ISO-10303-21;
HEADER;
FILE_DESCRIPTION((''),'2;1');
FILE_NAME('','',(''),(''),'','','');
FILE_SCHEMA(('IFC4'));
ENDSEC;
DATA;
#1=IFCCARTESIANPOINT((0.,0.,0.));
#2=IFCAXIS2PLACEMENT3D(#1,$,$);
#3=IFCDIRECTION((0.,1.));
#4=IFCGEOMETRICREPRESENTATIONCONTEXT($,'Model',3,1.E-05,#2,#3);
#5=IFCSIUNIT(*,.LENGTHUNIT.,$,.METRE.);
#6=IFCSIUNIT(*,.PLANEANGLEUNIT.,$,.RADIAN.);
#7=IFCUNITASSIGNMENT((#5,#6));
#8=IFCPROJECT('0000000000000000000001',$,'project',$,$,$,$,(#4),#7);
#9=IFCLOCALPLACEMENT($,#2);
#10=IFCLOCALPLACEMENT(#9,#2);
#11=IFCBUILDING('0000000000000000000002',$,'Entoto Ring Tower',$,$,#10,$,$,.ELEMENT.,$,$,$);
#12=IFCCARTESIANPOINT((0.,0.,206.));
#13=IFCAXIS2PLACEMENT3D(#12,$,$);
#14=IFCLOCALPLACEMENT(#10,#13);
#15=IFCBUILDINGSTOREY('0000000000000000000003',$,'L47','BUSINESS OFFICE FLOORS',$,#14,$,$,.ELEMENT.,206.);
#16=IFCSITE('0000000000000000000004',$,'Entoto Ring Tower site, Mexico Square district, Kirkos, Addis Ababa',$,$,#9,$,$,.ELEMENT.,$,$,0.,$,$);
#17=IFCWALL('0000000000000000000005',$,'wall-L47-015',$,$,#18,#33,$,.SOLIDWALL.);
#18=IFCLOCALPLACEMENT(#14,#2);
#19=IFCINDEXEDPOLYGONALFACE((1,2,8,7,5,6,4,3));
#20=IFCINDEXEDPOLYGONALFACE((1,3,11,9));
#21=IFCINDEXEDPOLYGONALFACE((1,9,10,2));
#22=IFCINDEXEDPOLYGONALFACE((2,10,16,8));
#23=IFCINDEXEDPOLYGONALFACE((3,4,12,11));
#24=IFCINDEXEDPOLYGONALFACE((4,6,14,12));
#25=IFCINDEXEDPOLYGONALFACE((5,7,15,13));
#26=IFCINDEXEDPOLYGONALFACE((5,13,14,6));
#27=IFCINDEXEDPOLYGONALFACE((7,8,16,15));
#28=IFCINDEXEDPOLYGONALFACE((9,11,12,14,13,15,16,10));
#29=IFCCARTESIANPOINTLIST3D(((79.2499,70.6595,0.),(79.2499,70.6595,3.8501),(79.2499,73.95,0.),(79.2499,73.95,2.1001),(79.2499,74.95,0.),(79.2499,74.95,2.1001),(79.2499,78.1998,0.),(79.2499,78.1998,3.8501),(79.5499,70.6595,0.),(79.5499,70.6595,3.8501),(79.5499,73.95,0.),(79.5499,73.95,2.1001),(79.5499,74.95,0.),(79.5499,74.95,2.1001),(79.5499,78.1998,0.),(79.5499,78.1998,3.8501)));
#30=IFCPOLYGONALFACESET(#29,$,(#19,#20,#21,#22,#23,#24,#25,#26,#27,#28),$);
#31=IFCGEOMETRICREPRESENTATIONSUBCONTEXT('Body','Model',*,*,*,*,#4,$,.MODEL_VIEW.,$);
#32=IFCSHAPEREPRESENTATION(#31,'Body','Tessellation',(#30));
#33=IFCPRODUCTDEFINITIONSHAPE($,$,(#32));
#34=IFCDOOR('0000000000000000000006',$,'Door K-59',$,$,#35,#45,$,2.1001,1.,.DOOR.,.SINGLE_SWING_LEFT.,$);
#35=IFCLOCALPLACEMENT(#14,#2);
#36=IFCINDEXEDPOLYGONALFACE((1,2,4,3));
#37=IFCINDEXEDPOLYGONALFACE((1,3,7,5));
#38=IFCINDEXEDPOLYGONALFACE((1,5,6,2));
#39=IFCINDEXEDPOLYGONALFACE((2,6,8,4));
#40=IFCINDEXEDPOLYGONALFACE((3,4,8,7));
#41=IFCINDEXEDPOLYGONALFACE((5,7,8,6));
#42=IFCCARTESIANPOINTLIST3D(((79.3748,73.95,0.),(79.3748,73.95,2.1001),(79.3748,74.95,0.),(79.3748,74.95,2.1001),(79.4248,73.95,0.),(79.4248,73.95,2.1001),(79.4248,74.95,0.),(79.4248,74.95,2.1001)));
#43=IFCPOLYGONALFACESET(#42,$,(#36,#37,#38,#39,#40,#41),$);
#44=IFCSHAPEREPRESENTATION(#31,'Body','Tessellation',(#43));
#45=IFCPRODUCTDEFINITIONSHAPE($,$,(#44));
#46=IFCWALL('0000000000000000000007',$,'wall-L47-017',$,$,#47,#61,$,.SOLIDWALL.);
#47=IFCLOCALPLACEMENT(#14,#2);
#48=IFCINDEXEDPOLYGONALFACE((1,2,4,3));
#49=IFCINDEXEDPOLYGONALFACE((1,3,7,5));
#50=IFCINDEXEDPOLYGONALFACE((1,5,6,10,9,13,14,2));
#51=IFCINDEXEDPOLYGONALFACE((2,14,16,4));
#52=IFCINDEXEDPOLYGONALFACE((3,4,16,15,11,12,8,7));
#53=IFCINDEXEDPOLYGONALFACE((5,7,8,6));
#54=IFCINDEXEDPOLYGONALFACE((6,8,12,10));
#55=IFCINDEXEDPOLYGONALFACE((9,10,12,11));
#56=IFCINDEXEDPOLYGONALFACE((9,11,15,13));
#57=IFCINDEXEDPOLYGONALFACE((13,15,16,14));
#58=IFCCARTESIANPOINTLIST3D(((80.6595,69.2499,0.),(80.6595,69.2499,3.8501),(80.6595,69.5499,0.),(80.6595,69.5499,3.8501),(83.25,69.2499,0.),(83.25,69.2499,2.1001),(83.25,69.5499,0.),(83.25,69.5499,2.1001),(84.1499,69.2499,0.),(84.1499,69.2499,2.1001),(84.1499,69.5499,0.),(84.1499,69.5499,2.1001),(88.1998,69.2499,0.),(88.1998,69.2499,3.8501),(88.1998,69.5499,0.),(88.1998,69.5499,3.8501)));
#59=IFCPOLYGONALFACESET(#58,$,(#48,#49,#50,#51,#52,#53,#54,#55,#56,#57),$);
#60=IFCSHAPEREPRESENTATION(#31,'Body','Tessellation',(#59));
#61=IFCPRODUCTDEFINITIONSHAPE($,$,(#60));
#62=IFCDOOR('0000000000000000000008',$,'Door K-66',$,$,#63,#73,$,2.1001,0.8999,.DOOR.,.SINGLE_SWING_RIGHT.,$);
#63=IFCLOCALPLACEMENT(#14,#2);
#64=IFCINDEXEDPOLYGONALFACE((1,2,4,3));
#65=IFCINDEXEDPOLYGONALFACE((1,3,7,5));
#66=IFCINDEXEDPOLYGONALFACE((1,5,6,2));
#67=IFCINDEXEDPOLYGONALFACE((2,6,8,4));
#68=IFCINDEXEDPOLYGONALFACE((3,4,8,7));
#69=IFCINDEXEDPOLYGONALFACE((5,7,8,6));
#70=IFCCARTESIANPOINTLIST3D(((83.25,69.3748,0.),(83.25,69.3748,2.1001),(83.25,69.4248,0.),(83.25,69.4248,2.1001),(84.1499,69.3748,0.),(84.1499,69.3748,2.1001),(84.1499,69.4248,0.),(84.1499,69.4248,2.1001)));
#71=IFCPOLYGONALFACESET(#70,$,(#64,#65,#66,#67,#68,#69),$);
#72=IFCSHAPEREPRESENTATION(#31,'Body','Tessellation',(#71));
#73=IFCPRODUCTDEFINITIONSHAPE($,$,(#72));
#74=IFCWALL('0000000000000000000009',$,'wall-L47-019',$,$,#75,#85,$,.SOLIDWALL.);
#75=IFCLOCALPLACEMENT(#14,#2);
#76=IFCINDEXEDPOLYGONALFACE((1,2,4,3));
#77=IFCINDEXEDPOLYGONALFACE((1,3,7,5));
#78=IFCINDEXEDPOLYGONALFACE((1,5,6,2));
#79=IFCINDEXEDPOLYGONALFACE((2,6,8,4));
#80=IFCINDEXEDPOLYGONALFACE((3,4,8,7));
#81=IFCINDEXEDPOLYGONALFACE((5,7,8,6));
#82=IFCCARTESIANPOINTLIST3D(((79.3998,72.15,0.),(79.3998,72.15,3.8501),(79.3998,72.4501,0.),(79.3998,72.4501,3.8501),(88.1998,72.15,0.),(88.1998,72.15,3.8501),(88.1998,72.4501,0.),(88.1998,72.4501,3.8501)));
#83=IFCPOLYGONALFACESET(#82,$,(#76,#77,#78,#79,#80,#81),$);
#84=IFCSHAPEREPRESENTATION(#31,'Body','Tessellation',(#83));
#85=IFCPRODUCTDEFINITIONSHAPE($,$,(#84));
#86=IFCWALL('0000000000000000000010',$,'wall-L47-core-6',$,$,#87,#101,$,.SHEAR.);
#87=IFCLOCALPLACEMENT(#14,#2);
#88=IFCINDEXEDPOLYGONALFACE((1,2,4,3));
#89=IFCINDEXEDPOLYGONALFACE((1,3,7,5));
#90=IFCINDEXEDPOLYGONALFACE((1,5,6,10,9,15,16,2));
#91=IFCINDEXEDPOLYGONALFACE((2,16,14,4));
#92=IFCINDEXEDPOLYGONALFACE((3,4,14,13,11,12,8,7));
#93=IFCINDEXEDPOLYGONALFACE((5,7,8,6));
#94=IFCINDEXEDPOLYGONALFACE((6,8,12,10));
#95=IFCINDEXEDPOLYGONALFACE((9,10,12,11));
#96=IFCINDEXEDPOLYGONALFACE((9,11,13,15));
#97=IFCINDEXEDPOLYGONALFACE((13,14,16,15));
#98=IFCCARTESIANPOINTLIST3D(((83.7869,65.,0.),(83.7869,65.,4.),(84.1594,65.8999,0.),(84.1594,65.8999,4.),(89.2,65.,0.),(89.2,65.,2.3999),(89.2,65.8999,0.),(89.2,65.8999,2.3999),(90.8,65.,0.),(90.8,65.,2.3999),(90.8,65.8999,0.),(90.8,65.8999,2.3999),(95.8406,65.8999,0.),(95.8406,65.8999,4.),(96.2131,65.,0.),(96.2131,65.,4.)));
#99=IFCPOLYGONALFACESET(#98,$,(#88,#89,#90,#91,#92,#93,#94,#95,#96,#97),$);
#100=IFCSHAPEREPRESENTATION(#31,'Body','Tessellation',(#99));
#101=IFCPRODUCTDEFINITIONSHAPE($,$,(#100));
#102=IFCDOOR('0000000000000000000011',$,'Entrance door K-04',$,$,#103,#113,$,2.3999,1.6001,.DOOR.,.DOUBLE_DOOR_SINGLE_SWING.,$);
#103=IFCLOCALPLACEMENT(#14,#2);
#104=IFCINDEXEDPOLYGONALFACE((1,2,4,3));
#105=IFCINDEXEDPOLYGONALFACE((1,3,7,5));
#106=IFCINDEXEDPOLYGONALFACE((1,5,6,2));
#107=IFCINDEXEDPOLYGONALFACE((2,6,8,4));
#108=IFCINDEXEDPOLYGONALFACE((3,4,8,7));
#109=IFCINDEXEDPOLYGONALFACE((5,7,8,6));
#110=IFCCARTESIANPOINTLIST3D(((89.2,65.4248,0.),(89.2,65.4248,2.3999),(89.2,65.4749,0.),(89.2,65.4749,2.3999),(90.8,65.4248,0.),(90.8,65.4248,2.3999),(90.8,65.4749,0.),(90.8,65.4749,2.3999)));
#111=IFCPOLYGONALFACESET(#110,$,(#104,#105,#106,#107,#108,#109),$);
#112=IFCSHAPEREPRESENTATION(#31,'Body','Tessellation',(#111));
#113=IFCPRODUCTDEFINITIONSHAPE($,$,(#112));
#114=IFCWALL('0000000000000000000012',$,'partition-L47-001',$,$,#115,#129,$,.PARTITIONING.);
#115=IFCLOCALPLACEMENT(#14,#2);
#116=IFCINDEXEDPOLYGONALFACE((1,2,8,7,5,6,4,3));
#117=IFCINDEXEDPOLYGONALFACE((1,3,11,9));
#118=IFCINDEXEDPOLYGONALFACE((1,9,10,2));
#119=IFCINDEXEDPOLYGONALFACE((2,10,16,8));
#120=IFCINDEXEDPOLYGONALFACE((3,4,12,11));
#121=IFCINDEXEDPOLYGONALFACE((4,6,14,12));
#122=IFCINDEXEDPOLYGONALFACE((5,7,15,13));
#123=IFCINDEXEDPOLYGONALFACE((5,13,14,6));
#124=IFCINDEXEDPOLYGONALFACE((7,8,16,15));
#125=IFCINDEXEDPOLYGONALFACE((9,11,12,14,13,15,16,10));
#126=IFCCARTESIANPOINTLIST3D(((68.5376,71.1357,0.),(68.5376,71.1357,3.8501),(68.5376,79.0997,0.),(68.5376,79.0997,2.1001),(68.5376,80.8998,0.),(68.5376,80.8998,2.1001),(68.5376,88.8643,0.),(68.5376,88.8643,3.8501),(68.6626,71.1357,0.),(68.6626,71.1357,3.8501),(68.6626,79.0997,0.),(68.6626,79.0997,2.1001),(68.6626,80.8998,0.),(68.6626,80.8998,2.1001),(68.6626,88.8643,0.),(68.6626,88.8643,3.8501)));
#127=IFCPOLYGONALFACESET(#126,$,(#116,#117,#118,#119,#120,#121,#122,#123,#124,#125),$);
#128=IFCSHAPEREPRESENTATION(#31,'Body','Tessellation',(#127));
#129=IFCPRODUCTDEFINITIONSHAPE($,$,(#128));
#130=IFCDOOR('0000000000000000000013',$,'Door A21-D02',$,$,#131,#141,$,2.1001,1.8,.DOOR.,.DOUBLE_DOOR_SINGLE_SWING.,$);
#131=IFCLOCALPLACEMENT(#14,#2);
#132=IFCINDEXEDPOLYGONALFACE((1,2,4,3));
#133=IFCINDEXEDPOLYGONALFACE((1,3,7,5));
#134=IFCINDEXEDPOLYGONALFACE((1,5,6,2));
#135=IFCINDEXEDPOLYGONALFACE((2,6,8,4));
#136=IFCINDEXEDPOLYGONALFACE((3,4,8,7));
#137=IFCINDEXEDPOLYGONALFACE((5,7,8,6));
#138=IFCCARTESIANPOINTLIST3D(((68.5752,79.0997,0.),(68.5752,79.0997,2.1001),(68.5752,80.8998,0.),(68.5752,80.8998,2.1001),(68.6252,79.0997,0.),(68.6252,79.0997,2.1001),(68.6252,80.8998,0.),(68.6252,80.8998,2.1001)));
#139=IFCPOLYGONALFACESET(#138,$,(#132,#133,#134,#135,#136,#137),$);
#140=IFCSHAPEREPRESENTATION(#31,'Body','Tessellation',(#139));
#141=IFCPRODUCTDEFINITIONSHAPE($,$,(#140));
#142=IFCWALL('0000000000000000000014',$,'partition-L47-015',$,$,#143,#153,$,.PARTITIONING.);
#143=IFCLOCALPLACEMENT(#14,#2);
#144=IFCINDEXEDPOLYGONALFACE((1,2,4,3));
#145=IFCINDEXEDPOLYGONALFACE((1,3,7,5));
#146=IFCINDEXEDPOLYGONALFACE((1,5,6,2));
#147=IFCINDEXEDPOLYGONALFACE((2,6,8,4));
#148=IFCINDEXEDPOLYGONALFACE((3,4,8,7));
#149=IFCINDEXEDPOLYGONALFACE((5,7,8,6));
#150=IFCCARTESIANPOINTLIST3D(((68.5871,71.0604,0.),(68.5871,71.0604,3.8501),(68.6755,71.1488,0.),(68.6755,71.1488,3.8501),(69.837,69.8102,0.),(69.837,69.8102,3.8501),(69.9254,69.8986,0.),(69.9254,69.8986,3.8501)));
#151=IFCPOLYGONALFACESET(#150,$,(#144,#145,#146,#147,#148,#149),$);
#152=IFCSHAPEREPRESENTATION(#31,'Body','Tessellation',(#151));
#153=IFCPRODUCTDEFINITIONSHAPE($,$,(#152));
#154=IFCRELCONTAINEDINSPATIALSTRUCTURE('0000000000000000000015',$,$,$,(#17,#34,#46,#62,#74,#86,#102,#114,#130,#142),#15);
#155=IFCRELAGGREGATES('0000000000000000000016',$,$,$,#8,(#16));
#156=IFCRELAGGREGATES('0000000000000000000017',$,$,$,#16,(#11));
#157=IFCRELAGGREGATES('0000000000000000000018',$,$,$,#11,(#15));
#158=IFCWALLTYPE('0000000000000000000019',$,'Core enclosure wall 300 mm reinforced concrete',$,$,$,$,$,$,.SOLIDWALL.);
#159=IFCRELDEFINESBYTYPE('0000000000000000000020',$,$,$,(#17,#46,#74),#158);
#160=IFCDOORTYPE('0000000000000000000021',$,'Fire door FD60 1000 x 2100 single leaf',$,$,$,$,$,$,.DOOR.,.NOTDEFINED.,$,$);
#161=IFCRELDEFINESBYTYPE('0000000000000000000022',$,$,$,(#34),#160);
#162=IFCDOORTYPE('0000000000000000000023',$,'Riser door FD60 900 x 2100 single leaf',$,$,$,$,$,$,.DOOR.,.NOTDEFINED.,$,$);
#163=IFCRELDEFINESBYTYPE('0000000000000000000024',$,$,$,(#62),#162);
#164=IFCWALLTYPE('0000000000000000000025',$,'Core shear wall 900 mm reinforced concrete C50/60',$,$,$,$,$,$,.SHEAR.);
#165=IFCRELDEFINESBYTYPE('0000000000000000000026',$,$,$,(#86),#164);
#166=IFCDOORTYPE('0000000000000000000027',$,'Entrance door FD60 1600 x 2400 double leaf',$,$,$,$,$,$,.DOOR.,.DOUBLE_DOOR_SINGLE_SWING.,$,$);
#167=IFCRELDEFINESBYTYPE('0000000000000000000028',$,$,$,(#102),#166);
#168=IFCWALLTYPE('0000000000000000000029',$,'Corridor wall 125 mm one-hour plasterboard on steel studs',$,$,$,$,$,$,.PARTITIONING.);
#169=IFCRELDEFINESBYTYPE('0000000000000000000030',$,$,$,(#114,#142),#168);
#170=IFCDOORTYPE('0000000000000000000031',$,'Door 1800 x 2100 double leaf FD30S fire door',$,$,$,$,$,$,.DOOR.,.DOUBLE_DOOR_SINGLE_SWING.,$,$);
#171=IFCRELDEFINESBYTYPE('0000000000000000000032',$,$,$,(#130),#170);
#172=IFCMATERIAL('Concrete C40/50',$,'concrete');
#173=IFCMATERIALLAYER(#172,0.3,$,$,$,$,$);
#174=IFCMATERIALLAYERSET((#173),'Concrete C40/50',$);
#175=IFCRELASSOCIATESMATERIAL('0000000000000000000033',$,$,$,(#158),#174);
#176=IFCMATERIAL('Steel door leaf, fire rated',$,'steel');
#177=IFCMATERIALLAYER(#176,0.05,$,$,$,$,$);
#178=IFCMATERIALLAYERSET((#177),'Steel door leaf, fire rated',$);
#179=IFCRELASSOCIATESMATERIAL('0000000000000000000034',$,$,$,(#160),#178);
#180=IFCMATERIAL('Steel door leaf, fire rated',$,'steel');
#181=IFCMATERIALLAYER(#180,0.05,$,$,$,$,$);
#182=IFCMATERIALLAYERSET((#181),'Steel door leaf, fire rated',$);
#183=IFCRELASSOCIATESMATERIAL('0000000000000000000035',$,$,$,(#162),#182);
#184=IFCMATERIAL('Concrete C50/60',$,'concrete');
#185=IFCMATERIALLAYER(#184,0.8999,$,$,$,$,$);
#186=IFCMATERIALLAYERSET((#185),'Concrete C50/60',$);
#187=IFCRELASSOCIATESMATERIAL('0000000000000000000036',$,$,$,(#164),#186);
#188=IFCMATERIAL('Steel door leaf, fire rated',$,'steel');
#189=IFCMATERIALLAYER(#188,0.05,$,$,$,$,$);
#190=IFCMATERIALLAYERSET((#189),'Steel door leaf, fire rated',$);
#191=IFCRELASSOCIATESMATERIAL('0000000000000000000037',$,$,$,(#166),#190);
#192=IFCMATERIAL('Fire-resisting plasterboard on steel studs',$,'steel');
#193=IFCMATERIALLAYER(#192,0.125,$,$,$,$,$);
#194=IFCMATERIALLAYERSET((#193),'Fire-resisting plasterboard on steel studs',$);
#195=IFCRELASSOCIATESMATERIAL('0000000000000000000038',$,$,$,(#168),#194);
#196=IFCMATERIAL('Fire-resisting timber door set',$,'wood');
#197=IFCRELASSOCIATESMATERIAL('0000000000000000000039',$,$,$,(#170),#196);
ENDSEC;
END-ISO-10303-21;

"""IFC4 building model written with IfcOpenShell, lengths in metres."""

from ifc_helpers import new_model, si_unit, direction, frame, frame_2d, origin, place, context, subcontext, project, spatial, polyline, rectangle, outline, extrude, material, layer, layer_set, type_object, element, fill, save


model = new_model("IFC4")

# Units and contexts
model_context = context("Model", 3, precision=1e-05, world=origin(), true_north=direction((0.0, 1.0)))
body_context = subcontext(model_context, "Body", "Model", "MODEL_VIEW")
ifc_project = project(units=[si_unit("LENGTHUNIT", "METRE"), si_unit("PLANEANGLEUNIT", "RADIAN")], contexts=[model_context])

# Site, building, storey
site_placement = place(None, origin())
site = spatial("IfcSite", under=ifc_project, at=site_placement, Name="Entoto Ring Tower site, Mexico Square district, Kirkos, Addis Ababa", CompositionType="ELEMENT", RefElevation=0.0)
building_placement = place(site_placement, origin())
building = spatial("IfcBuilding", under=site, at=building_placement, Name="Entoto Ring Tower", CompositionType="ELEMENT")
storey_placement = place(building_placement, frame((0.0, 0.0, 206.0)))
storey = spatial("IfcBuildingStorey", under=building, at=storey_placement, Name="L47", Description="BUSINESS OFFICE FLOORS", CompositionType="ELEMENT", Elevation=206.0)

# Walls, openings, doors
ifc_material_1 = material(Name="Concrete C40/50", Category="concrete")
ifc_layer_1 = layer(ifc_material_1, 0.3)
ifc_layer_set_1 = layer_set([ifc_layer_1], Name="Concrete C40/50")
wall_type_1 = type_object("IfcWallType", Name="Core enclosure wall 300 mm reinforced concrete", PredefinedType="SOLIDWALL", material=ifc_layer_set_1)
wall_1_placement = place(storey_placement, frame((79.3999, 70.6597, 0.0), z_axis=(0.0, 0.0, 1.0), x_axis=(0.0, 1.0, 0.0)))
wall_1 = element("IfcWall", 1, at=wall_1_placement, inside=storey, type_object=wall_type_1, Name="wall-L47-015", PredefinedType="SOLIDWALL", context=body_context, shape_type="SweptSolid", body=[
    extrude(rectangle(XDim=7.5403, YDim=0.3, at=frame_2d((3.77, 0.0))), origin(), (0.0, 0.0, 1.0), 3.8501),
])
opening_1_placement = place(wall_1_placement, frame((3.2903, 0.0, 0.0)))
opening_1 = element("IfcOpeningElement", 2, at=opening_1_placement, cuts=wall_1, PredefinedType="OPENING", context=body_context, shape_type="SweptSolid", body=[
    extrude(rectangle(XDim=1.0, YDim=2.1001, at=frame_2d((0.5, 1.05))), frame((0.0, 0.1602, 0.0), z_axis=(0.0, -1.0, 0.0), x_axis=(1.0, 0.0, 0.0)), (0.0, 0.0, 1.0), 0.3201),
])
ifc_material_2 = material(Name="Steel door leaf, fire rated", Category="steel")
ifc_layer_2 = layer(ifc_material_2, 0.05)
ifc_layer_set_2 = layer_set([ifc_layer_2], Name="Steel door leaf, fire rated")
door_type_1 = type_object("IfcDoorType", Name="Fire door FD60 1000 x 2100 single leaf", OperationType="NOTDEFINED", PredefinedType="DOOR", material=ifc_layer_set_2)
door_1_placement = place(opening_1_placement, frame((1.0, 0.0, 0.0), z_axis=(0.0, 0.0, 1.0), x_axis=(-1.0, 0.0, 0.0)))
door_1 = element("IfcDoor", 3, at=door_1_placement, inside=storey, type_object=door_type_1, Name="Door K-59", OperationType="SINGLE_SWING_LEFT", OverallHeight=2.1001, OverallWidth=1.0, PredefinedType="DOOR", context=body_context, shape_type="SweptSolid", body=[
    extrude(rectangle(XDim=1.0, YDim=2.1001, at=frame_2d((0.5, 1.05))), frame((0.0, 0.0249, 0.0), z_axis=(0.0, -1.0, 0.0), x_axis=(1.0, 0.0, 0.0)), (0.0, 0.0, 1.0), 0.05),
])
fill(opening_1, door_1)
wall_2_placement = place(storey_placement, frame((80.6597, 69.3999, 0.0), z_axis=(0.0, 0.0, 1.0), x_axis=(1.0, 0.0, 0.0)))
wall_2 = element("IfcWall", 4, at=wall_2_placement, inside=storey, type_object=wall_type_1, Name="wall-L47-017", PredefinedType="SOLIDWALL", context=body_context, shape_type="SweptSolid", body=[
    extrude(rectangle(XDim=7.5403, YDim=0.3, at=frame_2d((3.77, 0.0))), origin(), (0.0, 0.0, 1.0), 3.8501),
])
opening_2_placement = place(wall_2_placement, frame((2.5903, 0.0, 0.0)))
opening_2 = element("IfcOpeningElement", 5, at=opening_2_placement, cuts=wall_2, PredefinedType="OPENING", context=body_context, shape_type="SweptSolid", body=[
    extrude(rectangle(XDim=0.8999, YDim=2.1001, at=frame_2d((0.45, 1.05))), frame((0.0, 0.1602, 0.0), z_axis=(0.0, -1.0, 0.0), x_axis=(1.0, 0.0, 0.0)), (0.0, 0.0, 1.0), 0.3201),
])
ifc_material_3 = material(Name="Steel door leaf, fire rated", Category="steel")
ifc_layer_3 = layer(ifc_material_3, 0.05)
ifc_layer_set_3 = layer_set([ifc_layer_3], Name="Steel door leaf, fire rated")
door_type_2 = type_object("IfcDoorType", Name="Riser door FD60 900 x 2100 single leaf", OperationType="NOTDEFINED", PredefinedType="DOOR", material=ifc_layer_set_3)
door_2_placement = place(opening_2_placement, origin())
door_2 = element("IfcDoor", 6, at=door_2_placement, inside=storey, type_object=door_type_2, Name="Door K-66", OperationType="SINGLE_SWING_RIGHT", OverallHeight=2.1001, OverallWidth=0.8999, PredefinedType="DOOR", context=body_context, shape_type="SweptSolid", body=[
    extrude(rectangle(XDim=0.8999, YDim=2.1001, at=frame_2d((0.45, 1.05))), frame((0.0, 0.0249, 0.0), z_axis=(0.0, -1.0, 0.0), x_axis=(1.0, 0.0, 0.0)), (0.0, 0.0, 1.0), 0.05),
])
fill(opening_2, door_2)

# Wall
wall_3_placement = place(storey_placement, frame((79.3999, 72.3, 0.0), z_axis=(0.0, 0.0, 1.0), x_axis=(1.0, 0.0, 0.0)))
element("IfcWall", 7, at=wall_3_placement, inside=storey, type_object=wall_type_1, Name="wall-L47-019", PredefinedType="SOLIDWALL", context=body_context, shape_type="SweptSolid", body=[
    extrude(rectangle(XDim=8.8, YDim=0.3, at=frame_2d((4.3999, 0.0))), origin(), (0.0, 0.0, 1.0), 3.8501),
])

# Walls, openings, doors
ifc_material_4 = material(Name="Concrete C50/60", Category="concrete")
ifc_layer_4 = layer(ifc_material_4, 0.8999)
ifc_layer_set_4 = layer_set([ifc_layer_4], Name="Concrete C50/60")
wall_type_2 = type_object("IfcWallType", Name="Core shear wall 900 mm reinforced concrete C50/60", PredefinedType="SHEAR", material=ifc_layer_set_4)
wall_4_placement = place(storey_placement, frame((83.9731, 65.45, 0.0), z_axis=(0.0, 0.0, 1.0), x_axis=(1.0, 0.0, 0.0)))
wall_4 = element("IfcWall", 8, at=wall_4_placement, inside=storey, type_object=wall_type_2, Name="wall-L47-core-6", PredefinedType="SHEAR", context=body_context, shape_type="SweptSolid", body=[
    extrude(outline(polyline([(-0.1863, -0.45), (12.24, -0.45), (11.8674, 0.45), (0.1863, 0.45), (-0.1863, -0.45)])), origin(), (0.0, 0.0, 1.0), 4.0),
])
opening_3_placement = place(wall_4_placement, frame((5.2268, 0.0, 0.0)))
opening_3 = element("IfcOpeningElement", 9, at=opening_3_placement, cuts=wall_4, PredefinedType="OPENING", context=body_context, shape_type="SweptSolid", body=[
    extrude(rectangle(XDim=1.6001, YDim=2.3999, at=frame_2d((0.8, 1.2))), frame((0.0, 0.46, 0.0), z_axis=(0.0, -1.0, 0.0), x_axis=(1.0, 0.0, 0.0)), (0.0, 0.0, 1.0), 0.9199),
])
ifc_material_5 = material(Name="Steel door leaf, fire rated", Category="steel")
ifc_layer_5 = layer(ifc_material_5, 0.05)
ifc_layer_set_5 = layer_set([ifc_layer_5], Name="Steel door leaf, fire rated")
door_type_3 = type_object("IfcDoorType", Name="Entrance door FD60 1600 x 2400 double leaf", OperationType="DOUBLE_DOOR_SINGLE_SWING", PredefinedType="DOOR", material=ifc_layer_set_5)
door_3_placement = place(opening_3_placement, origin())
door_3 = element("IfcDoor", 10, at=door_3_placement, inside=storey, type_object=door_type_3, Name="Entrance door K-04", OperationType="DOUBLE_DOOR_SINGLE_SWING", OverallHeight=2.3999, OverallWidth=1.6001, PredefinedType="DOOR", context=body_context, shape_type="SweptSolid", body=[
    extrude(rectangle(XDim=1.6001, YDim=2.3999, at=frame_2d((0.8, 1.2))), frame((0.0, 0.0249, 0.0), z_axis=(0.0, -1.0, 0.0), x_axis=(1.0, 0.0, 0.0)), (0.0, 0.0, 1.0), 0.05),
])
fill(opening_3, door_3)
ifc_material_6 = material(Name="Fire-resisting plasterboard on steel studs", Category="steel")
ifc_layer_6 = layer(ifc_material_6, 0.125)
ifc_layer_set_6 = layer_set([ifc_layer_6], Name="Fire-resisting plasterboard on steel studs")
wall_type_3 = type_object("IfcWallType", Name="Corridor wall 125 mm one-hour plasterboard on steel studs", PredefinedType="PARTITIONING", material=ifc_layer_set_6)
wall_5_placement = place(storey_placement, frame((68.6001, 71.1357, 0.0), z_axis=(0.0, 0.0, 1.0), x_axis=(0.0, 1.0, 0.0)))
wall_5 = element("IfcWall", 11, at=wall_5_placement, inside=storey, type_object=wall_type_3, Name="partition-L47-001", PredefinedType="PARTITIONING", context=body_context, shape_type="SweptSolid", body=[
    extrude(rectangle(XDim=17.7285, YDim=0.125, at=frame_2d((8.8643, 0.0))), origin(), (0.0, 0.0, 1.0), 3.8501),
])
opening_4_placement = place(wall_5_placement, frame((7.9641, 0.0, 0.0)))
opening_4 = element("IfcOpeningElement", 12, at=opening_4_placement, cuts=wall_5, PredefinedType="OPENING", context=body_context, shape_type="SweptSolid", body=[
    extrude(rectangle(XDim=1.8, YDim=2.1001, at=frame_2d((0.8999, 1.05))), frame((0.0, 0.0725, 0.0), z_axis=(0.0, -1.0, 0.0), x_axis=(1.0, 0.0, 0.0)), (0.0, 0.0, 1.0), 0.145),
])
ifc_material_7 = material(Name="Fire-resisting timber door set", Category="wood")
door_type_4 = type_object("IfcDoorType", Name="Door 1800 x 2100 double leaf FD30S fire door", OperationType="DOUBLE_DOOR_SINGLE_SWING", PredefinedType="DOOR", material=ifc_material_7)
door_4_placement = place(opening_4_placement, origin())
door_4 = element("IfcDoor", 13, at=door_4_placement, inside=storey, type_object=door_type_4, Name="Door A21-D02", OperationType="DOUBLE_DOOR_SINGLE_SWING", OverallHeight=2.1001, OverallWidth=1.8, PredefinedType="DOOR", context=body_context, shape_type="SweptSolid", body=[
    extrude(rectangle(XDim=1.8, YDim=2.1001, at=frame_2d((0.8999, 1.05))), frame((0.0, 0.0249, 0.0), z_axis=(0.0, -1.0, 0.0), x_axis=(1.0, 0.0, 0.0)), (0.0, 0.0, 1.0), 0.05),
])
fill(opening_4, door_4)

# Wall
wall_6_placement = place(storey_placement, frame((69.8811, 69.8545, 0.0), z_axis=(0.0, 0.0, 1.0), x_axis=(-0.707038, 0.707176, 0.0)))
element("IfcWall", 14, at=wall_6_placement, inside=storey, type_object=wall_type_3, Name="partition-L47-015", PredefinedType="PARTITIONING", context=body_context, shape_type="SweptSolid", body=[
    extrude(rectangle(XDim=1.7678, YDim=0.125, at=frame_2d((0.8838, 0.0))), origin(), (0.0, 0.0, 1.0), 3.8501),
])

save(model, "model.ifc")
